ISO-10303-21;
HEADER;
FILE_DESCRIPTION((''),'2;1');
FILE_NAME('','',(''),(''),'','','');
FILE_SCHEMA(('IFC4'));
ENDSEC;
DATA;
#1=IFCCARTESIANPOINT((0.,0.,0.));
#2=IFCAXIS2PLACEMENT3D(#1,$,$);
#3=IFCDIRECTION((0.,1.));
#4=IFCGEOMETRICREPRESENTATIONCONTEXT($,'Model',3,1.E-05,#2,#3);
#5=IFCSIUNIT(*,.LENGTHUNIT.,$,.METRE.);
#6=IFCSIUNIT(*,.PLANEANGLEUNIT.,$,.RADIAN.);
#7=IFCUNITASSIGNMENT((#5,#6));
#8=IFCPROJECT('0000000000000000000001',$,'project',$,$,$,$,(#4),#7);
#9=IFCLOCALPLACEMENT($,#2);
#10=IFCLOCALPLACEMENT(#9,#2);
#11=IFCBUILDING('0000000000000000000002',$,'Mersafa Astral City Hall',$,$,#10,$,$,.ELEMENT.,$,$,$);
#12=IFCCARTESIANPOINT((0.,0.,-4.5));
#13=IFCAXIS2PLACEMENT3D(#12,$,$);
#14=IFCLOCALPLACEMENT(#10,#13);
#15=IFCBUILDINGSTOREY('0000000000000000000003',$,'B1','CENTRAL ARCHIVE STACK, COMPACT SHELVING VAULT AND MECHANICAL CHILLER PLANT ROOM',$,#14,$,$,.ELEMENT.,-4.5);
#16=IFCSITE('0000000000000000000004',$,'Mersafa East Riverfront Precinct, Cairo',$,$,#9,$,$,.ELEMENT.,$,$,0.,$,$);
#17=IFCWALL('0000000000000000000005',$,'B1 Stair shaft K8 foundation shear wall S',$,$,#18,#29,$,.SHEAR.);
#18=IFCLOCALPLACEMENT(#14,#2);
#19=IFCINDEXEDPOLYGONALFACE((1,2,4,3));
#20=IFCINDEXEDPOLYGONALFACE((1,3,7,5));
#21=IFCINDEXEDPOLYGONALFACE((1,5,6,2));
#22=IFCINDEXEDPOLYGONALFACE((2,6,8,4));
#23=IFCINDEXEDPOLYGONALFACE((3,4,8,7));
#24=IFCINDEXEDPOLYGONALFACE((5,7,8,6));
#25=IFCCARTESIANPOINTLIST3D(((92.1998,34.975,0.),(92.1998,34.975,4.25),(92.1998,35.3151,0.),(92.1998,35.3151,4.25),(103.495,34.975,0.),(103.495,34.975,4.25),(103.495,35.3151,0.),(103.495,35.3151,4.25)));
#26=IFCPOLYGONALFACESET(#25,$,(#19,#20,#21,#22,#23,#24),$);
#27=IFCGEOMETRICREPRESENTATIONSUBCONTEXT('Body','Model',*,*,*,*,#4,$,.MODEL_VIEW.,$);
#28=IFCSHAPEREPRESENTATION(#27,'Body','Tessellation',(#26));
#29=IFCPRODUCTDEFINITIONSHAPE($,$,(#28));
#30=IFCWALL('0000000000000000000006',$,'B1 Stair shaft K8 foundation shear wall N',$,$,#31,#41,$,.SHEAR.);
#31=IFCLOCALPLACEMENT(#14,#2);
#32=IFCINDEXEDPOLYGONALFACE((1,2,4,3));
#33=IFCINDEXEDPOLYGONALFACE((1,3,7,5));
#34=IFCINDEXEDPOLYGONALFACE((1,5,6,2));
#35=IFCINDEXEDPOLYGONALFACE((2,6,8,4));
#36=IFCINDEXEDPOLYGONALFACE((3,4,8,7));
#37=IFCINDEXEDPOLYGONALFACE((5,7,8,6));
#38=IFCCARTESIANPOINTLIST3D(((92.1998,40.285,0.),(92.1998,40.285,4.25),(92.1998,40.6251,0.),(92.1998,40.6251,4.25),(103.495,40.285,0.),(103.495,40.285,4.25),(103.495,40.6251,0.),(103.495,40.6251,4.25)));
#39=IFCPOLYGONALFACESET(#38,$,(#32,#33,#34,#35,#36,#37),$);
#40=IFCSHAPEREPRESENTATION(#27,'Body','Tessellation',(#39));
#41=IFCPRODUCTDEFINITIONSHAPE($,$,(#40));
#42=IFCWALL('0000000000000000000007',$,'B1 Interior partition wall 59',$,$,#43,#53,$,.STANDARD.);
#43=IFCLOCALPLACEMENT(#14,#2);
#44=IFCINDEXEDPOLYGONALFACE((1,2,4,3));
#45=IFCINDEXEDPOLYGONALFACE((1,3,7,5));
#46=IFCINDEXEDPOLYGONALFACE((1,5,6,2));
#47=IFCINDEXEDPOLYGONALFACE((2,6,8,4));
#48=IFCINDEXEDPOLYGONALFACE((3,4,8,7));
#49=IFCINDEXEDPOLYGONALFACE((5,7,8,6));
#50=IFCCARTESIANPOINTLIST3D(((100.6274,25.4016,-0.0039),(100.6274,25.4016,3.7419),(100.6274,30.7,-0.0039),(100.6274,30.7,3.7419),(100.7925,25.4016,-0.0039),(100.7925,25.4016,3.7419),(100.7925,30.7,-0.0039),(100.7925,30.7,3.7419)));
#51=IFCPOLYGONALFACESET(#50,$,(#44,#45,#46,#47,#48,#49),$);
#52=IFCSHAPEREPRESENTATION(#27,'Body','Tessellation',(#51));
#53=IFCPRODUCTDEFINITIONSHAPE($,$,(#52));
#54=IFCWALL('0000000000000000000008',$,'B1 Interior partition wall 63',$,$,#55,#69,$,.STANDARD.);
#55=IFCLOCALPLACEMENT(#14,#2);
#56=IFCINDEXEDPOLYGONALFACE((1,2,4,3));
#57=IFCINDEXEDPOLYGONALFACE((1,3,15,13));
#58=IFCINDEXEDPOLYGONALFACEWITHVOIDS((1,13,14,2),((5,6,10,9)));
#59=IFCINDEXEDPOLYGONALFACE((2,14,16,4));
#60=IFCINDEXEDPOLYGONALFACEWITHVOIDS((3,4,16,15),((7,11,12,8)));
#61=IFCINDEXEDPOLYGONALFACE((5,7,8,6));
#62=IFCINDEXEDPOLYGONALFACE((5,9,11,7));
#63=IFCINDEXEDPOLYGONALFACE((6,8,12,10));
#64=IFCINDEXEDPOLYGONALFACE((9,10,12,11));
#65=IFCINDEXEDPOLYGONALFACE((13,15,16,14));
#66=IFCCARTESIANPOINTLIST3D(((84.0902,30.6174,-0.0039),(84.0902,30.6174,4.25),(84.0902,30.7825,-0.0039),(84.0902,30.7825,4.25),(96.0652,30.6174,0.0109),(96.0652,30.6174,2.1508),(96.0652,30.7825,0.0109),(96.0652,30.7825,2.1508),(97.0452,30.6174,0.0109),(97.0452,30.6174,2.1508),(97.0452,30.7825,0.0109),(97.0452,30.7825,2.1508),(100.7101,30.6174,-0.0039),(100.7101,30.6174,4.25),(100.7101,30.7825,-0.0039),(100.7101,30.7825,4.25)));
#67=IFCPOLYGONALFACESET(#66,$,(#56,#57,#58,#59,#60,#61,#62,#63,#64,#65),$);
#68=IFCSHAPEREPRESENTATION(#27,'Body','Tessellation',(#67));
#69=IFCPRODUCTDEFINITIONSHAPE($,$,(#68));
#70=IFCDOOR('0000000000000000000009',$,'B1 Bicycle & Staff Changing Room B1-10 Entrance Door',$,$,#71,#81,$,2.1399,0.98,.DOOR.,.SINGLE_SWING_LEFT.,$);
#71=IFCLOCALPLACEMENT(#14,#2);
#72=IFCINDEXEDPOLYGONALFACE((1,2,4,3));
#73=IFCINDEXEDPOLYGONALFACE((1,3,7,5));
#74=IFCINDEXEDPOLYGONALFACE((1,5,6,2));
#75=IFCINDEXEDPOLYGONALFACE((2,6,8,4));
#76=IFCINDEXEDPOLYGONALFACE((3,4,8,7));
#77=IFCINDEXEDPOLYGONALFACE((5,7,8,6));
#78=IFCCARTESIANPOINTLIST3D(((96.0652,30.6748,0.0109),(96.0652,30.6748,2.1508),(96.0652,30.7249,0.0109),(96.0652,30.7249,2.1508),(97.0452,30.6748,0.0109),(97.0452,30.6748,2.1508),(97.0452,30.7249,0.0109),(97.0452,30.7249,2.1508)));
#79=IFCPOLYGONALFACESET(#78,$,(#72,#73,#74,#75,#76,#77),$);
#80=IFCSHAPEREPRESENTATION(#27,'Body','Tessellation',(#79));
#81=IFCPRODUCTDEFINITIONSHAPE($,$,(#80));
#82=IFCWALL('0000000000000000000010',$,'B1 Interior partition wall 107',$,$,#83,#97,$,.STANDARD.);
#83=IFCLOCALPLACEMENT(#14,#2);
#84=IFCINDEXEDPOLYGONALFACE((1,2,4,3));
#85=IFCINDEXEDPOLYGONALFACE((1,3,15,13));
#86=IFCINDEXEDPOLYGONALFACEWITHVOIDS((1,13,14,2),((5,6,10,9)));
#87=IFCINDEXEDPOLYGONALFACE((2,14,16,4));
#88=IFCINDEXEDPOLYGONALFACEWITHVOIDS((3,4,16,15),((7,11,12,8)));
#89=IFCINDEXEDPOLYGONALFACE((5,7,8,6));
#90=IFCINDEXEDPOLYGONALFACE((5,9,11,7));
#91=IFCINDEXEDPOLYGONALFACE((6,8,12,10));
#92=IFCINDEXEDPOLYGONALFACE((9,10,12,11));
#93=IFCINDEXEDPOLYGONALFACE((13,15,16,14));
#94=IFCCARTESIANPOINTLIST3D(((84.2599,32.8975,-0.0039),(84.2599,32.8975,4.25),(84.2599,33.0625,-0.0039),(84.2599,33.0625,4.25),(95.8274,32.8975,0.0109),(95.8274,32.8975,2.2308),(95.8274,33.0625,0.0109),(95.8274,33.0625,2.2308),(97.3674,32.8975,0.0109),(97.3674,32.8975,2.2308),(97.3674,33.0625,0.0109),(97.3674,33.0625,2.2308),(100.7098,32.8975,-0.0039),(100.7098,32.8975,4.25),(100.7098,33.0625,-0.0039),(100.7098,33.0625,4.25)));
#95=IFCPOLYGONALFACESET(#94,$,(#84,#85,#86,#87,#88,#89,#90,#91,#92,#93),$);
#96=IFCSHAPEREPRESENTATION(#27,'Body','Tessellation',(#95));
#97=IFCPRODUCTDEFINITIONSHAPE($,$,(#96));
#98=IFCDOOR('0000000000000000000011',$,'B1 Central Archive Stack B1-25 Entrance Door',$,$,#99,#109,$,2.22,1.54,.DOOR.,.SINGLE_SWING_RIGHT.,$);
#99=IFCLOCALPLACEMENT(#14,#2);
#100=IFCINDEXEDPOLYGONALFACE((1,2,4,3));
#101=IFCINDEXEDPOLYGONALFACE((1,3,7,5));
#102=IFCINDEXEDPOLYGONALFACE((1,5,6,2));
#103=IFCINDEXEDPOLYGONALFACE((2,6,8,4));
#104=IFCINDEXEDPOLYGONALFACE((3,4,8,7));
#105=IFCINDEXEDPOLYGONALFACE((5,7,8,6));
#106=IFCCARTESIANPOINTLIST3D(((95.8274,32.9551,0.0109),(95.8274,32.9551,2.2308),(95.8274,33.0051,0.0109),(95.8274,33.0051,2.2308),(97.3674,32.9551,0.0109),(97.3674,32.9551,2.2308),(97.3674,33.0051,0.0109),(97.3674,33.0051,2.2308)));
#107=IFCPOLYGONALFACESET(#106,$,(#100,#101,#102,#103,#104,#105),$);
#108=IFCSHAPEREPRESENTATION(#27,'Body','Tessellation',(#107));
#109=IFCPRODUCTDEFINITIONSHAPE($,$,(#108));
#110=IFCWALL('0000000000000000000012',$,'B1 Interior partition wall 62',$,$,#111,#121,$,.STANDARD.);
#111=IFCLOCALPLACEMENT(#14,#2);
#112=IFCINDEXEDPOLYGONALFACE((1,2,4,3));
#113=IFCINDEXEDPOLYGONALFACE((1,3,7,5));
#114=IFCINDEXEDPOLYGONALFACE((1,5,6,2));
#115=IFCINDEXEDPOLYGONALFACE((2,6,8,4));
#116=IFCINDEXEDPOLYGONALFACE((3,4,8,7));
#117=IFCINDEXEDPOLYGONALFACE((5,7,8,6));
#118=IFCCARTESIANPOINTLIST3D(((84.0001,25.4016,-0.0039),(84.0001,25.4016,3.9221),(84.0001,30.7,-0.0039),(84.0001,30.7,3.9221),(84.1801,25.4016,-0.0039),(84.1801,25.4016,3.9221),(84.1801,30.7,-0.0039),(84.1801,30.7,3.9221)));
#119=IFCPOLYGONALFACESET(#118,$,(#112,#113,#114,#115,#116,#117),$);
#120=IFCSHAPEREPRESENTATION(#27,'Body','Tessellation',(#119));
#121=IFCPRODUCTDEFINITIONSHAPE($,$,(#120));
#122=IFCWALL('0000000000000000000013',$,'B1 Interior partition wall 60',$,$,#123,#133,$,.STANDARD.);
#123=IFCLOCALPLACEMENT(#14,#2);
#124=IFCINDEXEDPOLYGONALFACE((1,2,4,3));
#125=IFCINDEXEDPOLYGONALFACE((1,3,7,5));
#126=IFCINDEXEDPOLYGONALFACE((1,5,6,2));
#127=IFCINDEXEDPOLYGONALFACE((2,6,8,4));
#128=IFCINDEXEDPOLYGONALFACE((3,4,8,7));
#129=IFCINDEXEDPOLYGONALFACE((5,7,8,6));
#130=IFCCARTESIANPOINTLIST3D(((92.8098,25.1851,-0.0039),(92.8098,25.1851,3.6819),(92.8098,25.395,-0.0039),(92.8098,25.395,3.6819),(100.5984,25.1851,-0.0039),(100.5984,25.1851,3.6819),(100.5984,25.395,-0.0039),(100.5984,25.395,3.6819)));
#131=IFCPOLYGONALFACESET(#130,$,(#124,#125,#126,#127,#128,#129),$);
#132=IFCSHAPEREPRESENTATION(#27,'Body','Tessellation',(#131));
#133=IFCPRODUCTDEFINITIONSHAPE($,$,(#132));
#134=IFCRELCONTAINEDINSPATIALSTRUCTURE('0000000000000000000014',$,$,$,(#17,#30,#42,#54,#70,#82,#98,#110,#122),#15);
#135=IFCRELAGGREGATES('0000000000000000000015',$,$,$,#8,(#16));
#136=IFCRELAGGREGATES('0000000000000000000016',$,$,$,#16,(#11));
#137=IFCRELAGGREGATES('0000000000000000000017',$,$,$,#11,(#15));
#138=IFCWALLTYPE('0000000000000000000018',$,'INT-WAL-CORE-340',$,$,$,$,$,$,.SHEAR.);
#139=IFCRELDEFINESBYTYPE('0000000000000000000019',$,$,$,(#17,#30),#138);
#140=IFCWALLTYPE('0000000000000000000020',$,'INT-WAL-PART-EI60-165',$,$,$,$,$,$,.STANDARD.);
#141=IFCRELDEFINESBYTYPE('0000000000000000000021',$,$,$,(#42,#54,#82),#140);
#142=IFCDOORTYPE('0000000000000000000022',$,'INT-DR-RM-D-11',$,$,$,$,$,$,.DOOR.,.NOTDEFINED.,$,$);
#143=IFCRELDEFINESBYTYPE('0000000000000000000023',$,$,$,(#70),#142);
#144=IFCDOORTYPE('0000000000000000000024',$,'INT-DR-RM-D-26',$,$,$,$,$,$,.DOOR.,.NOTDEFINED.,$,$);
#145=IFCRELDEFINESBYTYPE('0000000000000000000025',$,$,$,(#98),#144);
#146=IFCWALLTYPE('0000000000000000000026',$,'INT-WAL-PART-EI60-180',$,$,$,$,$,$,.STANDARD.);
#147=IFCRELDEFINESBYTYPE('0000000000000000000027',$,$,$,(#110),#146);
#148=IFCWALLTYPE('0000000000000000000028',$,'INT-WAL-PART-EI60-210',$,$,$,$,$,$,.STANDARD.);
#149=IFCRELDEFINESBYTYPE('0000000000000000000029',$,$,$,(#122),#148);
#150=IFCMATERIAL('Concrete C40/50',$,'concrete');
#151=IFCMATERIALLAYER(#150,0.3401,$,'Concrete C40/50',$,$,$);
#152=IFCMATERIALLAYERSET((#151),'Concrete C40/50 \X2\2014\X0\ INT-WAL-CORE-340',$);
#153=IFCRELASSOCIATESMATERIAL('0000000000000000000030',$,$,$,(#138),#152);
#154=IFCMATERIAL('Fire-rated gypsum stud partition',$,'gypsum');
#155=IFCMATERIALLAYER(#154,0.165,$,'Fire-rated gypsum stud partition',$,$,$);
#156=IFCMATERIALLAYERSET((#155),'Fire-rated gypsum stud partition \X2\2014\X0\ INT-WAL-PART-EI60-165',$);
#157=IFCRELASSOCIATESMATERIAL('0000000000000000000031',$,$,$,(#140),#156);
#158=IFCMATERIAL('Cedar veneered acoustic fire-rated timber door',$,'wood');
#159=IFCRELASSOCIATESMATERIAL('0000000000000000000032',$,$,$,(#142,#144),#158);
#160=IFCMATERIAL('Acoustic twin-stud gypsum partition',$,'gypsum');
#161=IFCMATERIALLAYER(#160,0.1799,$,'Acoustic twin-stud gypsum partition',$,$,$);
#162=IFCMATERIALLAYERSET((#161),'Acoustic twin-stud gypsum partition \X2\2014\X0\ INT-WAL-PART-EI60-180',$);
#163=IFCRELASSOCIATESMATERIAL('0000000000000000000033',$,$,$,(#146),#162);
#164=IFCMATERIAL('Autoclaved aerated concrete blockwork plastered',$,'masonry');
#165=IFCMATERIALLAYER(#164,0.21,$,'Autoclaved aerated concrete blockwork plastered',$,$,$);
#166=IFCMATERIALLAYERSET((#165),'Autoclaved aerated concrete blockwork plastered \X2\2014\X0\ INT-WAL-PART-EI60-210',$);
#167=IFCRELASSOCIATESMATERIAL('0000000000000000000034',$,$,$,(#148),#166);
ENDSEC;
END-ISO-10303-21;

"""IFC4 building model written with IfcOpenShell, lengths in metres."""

from ifc_helpers import new_model, si_unit, direction, frame, frame_2d, origin, place, context, subcontext, project, spatial, rectangle, extrude, material, layer, layer_set, type_object, element, fill, save


model = new_model("IFC4")

# Units and contexts
model_context = context("Model", 3, precision=1e-05, world=origin(), true_north=direction((0.0, 1.0)))
body_context = subcontext(model_context, "Body", "Model", "MODEL_VIEW")
ifc_project = project(units=[si_unit("LENGTHUNIT", "METRE"), si_unit("PLANEANGLEUNIT", "RADIAN")], contexts=[model_context])

# Site, building, storey
site_placement = place(None, origin())
site = spatial("IfcSite", under=ifc_project, at=site_placement, Name="Mersafa East Riverfront Precinct, Cairo", CompositionType="ELEMENT", RefElevation=0.0)
building_placement = place(site_placement, origin())
building = spatial("IfcBuilding", under=site, at=building_placement, Name="Mersafa Astral City Hall", CompositionType="ELEMENT")
storey_placement = place(building_placement, frame((0.0, 0.0, -4.5)))
storey = spatial("IfcBuildingStorey", under=building, at=storey_placement, Name="B1", Description="CENTRAL ARCHIVE STACK, COMPACT SHELVING VAULT AND MECHANICAL CHILLER PLANT ROOM", CompositionType="ELEMENT", Elevation=-4.5)

# Shared definitions
ifc_material_1 = material(Name="Concrete C40/50", Category="concrete")

# Walls
ifc_layer_1 = layer(ifc_material_1, 0.3401, Name="Concrete C40/50")
ifc_layer_set_1 = layer_set([ifc_layer_1], Name="Concrete C40/50 — INT-WAL-CORE-340")
wall_type_1 = type_object("IfcWallType", Name="INT-WAL-CORE-340", PredefinedType="SHEAR", material=ifc_layer_set_1)
for number, where, z_axis, x_axis, name in (
    (1, (92.2, 35.145, 0.0), (0.0, 0.0, 1.0), (1.0, 0.0, 0.0), "B1 Stair shaft K8 foundation shear wall S"),
    (2, (92.2, 40.4551, 0.0), (0.0, 0.0, 1.0), (1.0, 0.0, 0.0), "B1 Stair shaft K8 foundation shear wall N"),
):
    element("IfcWall", number, at=place(storey_placement, frame(where, z_axis=z_axis, x_axis=x_axis)), inside=storey, type_object=wall_type_1, Name=name, PredefinedType="SHEAR", context=body_context, shape_type="SweptSolid", body=[
        extrude(rectangle(XDim=11.2952, YDim=0.3401, at=frame_2d((5.6475, 0.0))), origin(), (0.0, 0.0, 1.0), 4.25),
    ])
ifc_material_2 = material(Name="Fire-rated gypsum stud partition", Category="gypsum")
ifc_layer_2 = layer(ifc_material_2, 0.165, Name="Fire-rated gypsum stud partition")
ifc_layer_set_2 = layer_set([ifc_layer_2], Name="Fire-rated gypsum stud partition — INT-WAL-PART-EI60-165")
wall_type_2 = type_object("IfcWallType", Name="INT-WAL-PART-EI60-165", PredefinedType="STANDARD", material=ifc_layer_set_2)
wall_1_placement = place(storey_placement, frame((100.71, 30.7, -0.0039), z_axis=(0.0, 0.0, 1.0), x_axis=(0.0, -1.0, 0.0)))
element("IfcWall", 3, at=wall_1_placement, inside=storey, type_object=wall_type_2, Name="B1 Interior partition wall 59", PredefinedType="STANDARD", context=body_context, shape_type="SweptSolid", body=[
    extrude(rectangle(XDim=5.2983, YDim=0.165, at=frame_2d((2.6492, 0.0))), origin(), (0.0, 0.0, 1.0), 3.7458),
])

# Walls, openings, doors
wall_2_placement = place(storey_placement, frame((84.0901, 30.7, -0.0039), z_axis=(0.0, 0.0, 1.0), x_axis=(1.0, 0.0, 0.0)))
wall_2 = element("IfcWall", 4, at=wall_2_placement, inside=storey, type_object=wall_type_2, Name="B1 Interior partition wall 63", PredefinedType="STANDARD", context=body_context, shape_type="SweptSolid", body=[
    extrude(rectangle(XDim=16.6199, YDim=0.165, at=frame_2d((8.3101, 0.0))), origin(), (0.0, 0.0, 1.0), 4.2539),
])
opening_1_placement = place(wall_2_placement, frame((11.9751, 0.0, 0.0149)))
opening_1 = element("IfcOpeningElement", 5, at=opening_1_placement, cuts=wall_2, PredefinedType="OPENING", context=body_context, shape_type="SweptSolid", body=[
    extrude(rectangle(XDim=0.98, YDim=2.1399, at=frame_2d((0.49, 1.0698))), frame((0.0, 0.0925, 0.0), z_axis=(0.0, -1.0, 0.0), x_axis=(1.0, 0.0, 0.0)), (0.0, 0.0, 1.0), 0.1851),
])
ifc_material_3 = material(Name="Cedar veneered acoustic fire-rated timber door", Category="wood")
door_type_1 = type_object("IfcDoorType", Name="INT-DR-RM-D-11", OperationType="NOTDEFINED", PredefinedType="DOOR", material=ifc_material_3)
door_1_placement = place(opening_1_placement, origin())
door_1 = element("IfcDoor", 6, at=door_1_placement, inside=storey, type_object=door_type_1, Name="B1 Bicycle & Staff Changing Room B1-10 Entrance Door", OperationType="SINGLE_SWING_LEFT", OverallHeight=2.1399, OverallWidth=0.98, PredefinedType="DOOR", context=body_context, shape_type="SweptSolid", body=[
    extrude(rectangle(XDim=0.98, YDim=2.1399, at=frame_2d((0.49, 1.0698))), frame((0.0, 0.0249, 0.0), z_axis=(0.0, -1.0, 0.0), x_axis=(1.0, 0.0, 0.0)), (0.0, 0.0, 1.0), 0.05),
])
fill(opening_1, door_1)
wall_3_placement = place(storey_placement, frame((100.71, 32.98, -0.0039), z_axis=(0.0, 0.0, 1.0), x_axis=(-1.0, 0.0, 0.0)))
wall_3 = element("IfcWall", 7, at=wall_3_placement, inside=storey, type_object=wall_type_2, Name="B1 Interior partition wall 107", PredefinedType="STANDARD", context=body_context, shape_type="SweptSolid", body=[
    extrude(rectangle(XDim=16.45, YDim=0.165, at=frame_2d((8.2251, 0.0))), origin(), (0.0, 0.0, 1.0), 4.2539),
])
opening_2_placement = place(wall_3_placement, frame((3.3425, 0.0, 0.0149)))
opening_2 = element("IfcOpeningElement", 8, at=opening_2_placement, cuts=wall_3, PredefinedType="OPENING", context=body_context, shape_type="SweptSolid", body=[
    extrude(rectangle(XDim=1.54, YDim=2.22, at=frame_2d((0.77, 1.1099))), frame((0.0, 0.0925, 0.0), z_axis=(0.0, -1.0, 0.0), x_axis=(1.0, 0.0, 0.0)), (0.0, 0.0, 1.0), 0.1851),
])
door_type_2 = type_object("IfcDoorType", Name="INT-DR-RM-D-26", OperationType="NOTDEFINED", PredefinedType="DOOR", material=ifc_material_3)
door_2_placement = place(opening_2_placement, origin())
door_2 = element("IfcDoor", 9, at=door_2_placement, inside=storey, type_object=door_type_2, Name="B1 Central Archive Stack B1-25 Entrance Door", OperationType="SINGLE_SWING_RIGHT", OverallHeight=2.22, OverallWidth=1.54, PredefinedType="DOOR", context=body_context, shape_type="SweptSolid", body=[
    extrude(rectangle(XDim=1.54, YDim=2.22, at=frame_2d((0.77, 1.1099))), frame((0.0, 0.0249, 0.0), z_axis=(0.0, -1.0, 0.0), x_axis=(1.0, 0.0, 0.0)), (0.0, 0.0, 1.0), 0.05),
])
fill(opening_2, door_2)

# Walls
ifc_material_4 = material(Name="Acoustic twin-stud gypsum partition", Category="gypsum")
ifc_layer_3 = layer(ifc_material_4, 0.1799, Name="Acoustic twin-stud gypsum partition")
ifc_layer_set_3 = layer_set([ifc_layer_3], Name="Acoustic twin-stud gypsum partition — INT-WAL-PART-EI60-180")
wall_type_3 = type_object("IfcWallType", Name="INT-WAL-PART-EI60-180", PredefinedType="STANDARD", material=ifc_layer_set_3)
wall_4_placement = place(storey_placement, frame((84.0901, 25.4016, -0.0039), z_axis=(0.0, 0.0, 1.0), x_axis=(0.0, 1.0, 0.0)))
element("IfcWall", 10, at=wall_4_placement, inside=storey, type_object=wall_type_3, Name="B1 Interior partition wall 62", PredefinedType="STANDARD", context=body_context, shape_type="SweptSolid", body=[
    extrude(rectangle(XDim=5.2983, YDim=0.1799, at=frame_2d((2.6492, 0.0))), origin(), (0.0, 0.0, 1.0), 3.926),
])
ifc_material_5 = material(Name="Autoclaved aerated concrete blockwork plastered", Category="masonry")
ifc_layer_4 = layer(ifc_material_5, 0.21, Name="Autoclaved aerated concrete blockwork plastered")
ifc_layer_set_4 = layer_set([ifc_layer_4], Name="Autoclaved aerated concrete blockwork plastered — INT-WAL-PART-EI60-210")
wall_type_4 = type_object("IfcWallType", Name="INT-WAL-PART-EI60-210", PredefinedType="STANDARD", material=ifc_layer_set_4)
wall_5_placement = place(storey_placement, frame((100.5984, 25.29, -0.0039), z_axis=(0.0, 0.0, 1.0), x_axis=(-1.0, 0.0, 0.0)))
element("IfcWall", 11, at=wall_5_placement, inside=storey, type_object=wall_type_4, Name="B1 Interior partition wall 60", PredefinedType="STANDARD", context=body_context, shape_type="SweptSolid", body=[
    extrude(rectangle(XDim=7.7886, YDim=0.21, at=frame_2d((3.8943, 0.0))), origin(), (0.0, 0.0, 1.0), 3.6858),
])

save(model, "model.ifc")
